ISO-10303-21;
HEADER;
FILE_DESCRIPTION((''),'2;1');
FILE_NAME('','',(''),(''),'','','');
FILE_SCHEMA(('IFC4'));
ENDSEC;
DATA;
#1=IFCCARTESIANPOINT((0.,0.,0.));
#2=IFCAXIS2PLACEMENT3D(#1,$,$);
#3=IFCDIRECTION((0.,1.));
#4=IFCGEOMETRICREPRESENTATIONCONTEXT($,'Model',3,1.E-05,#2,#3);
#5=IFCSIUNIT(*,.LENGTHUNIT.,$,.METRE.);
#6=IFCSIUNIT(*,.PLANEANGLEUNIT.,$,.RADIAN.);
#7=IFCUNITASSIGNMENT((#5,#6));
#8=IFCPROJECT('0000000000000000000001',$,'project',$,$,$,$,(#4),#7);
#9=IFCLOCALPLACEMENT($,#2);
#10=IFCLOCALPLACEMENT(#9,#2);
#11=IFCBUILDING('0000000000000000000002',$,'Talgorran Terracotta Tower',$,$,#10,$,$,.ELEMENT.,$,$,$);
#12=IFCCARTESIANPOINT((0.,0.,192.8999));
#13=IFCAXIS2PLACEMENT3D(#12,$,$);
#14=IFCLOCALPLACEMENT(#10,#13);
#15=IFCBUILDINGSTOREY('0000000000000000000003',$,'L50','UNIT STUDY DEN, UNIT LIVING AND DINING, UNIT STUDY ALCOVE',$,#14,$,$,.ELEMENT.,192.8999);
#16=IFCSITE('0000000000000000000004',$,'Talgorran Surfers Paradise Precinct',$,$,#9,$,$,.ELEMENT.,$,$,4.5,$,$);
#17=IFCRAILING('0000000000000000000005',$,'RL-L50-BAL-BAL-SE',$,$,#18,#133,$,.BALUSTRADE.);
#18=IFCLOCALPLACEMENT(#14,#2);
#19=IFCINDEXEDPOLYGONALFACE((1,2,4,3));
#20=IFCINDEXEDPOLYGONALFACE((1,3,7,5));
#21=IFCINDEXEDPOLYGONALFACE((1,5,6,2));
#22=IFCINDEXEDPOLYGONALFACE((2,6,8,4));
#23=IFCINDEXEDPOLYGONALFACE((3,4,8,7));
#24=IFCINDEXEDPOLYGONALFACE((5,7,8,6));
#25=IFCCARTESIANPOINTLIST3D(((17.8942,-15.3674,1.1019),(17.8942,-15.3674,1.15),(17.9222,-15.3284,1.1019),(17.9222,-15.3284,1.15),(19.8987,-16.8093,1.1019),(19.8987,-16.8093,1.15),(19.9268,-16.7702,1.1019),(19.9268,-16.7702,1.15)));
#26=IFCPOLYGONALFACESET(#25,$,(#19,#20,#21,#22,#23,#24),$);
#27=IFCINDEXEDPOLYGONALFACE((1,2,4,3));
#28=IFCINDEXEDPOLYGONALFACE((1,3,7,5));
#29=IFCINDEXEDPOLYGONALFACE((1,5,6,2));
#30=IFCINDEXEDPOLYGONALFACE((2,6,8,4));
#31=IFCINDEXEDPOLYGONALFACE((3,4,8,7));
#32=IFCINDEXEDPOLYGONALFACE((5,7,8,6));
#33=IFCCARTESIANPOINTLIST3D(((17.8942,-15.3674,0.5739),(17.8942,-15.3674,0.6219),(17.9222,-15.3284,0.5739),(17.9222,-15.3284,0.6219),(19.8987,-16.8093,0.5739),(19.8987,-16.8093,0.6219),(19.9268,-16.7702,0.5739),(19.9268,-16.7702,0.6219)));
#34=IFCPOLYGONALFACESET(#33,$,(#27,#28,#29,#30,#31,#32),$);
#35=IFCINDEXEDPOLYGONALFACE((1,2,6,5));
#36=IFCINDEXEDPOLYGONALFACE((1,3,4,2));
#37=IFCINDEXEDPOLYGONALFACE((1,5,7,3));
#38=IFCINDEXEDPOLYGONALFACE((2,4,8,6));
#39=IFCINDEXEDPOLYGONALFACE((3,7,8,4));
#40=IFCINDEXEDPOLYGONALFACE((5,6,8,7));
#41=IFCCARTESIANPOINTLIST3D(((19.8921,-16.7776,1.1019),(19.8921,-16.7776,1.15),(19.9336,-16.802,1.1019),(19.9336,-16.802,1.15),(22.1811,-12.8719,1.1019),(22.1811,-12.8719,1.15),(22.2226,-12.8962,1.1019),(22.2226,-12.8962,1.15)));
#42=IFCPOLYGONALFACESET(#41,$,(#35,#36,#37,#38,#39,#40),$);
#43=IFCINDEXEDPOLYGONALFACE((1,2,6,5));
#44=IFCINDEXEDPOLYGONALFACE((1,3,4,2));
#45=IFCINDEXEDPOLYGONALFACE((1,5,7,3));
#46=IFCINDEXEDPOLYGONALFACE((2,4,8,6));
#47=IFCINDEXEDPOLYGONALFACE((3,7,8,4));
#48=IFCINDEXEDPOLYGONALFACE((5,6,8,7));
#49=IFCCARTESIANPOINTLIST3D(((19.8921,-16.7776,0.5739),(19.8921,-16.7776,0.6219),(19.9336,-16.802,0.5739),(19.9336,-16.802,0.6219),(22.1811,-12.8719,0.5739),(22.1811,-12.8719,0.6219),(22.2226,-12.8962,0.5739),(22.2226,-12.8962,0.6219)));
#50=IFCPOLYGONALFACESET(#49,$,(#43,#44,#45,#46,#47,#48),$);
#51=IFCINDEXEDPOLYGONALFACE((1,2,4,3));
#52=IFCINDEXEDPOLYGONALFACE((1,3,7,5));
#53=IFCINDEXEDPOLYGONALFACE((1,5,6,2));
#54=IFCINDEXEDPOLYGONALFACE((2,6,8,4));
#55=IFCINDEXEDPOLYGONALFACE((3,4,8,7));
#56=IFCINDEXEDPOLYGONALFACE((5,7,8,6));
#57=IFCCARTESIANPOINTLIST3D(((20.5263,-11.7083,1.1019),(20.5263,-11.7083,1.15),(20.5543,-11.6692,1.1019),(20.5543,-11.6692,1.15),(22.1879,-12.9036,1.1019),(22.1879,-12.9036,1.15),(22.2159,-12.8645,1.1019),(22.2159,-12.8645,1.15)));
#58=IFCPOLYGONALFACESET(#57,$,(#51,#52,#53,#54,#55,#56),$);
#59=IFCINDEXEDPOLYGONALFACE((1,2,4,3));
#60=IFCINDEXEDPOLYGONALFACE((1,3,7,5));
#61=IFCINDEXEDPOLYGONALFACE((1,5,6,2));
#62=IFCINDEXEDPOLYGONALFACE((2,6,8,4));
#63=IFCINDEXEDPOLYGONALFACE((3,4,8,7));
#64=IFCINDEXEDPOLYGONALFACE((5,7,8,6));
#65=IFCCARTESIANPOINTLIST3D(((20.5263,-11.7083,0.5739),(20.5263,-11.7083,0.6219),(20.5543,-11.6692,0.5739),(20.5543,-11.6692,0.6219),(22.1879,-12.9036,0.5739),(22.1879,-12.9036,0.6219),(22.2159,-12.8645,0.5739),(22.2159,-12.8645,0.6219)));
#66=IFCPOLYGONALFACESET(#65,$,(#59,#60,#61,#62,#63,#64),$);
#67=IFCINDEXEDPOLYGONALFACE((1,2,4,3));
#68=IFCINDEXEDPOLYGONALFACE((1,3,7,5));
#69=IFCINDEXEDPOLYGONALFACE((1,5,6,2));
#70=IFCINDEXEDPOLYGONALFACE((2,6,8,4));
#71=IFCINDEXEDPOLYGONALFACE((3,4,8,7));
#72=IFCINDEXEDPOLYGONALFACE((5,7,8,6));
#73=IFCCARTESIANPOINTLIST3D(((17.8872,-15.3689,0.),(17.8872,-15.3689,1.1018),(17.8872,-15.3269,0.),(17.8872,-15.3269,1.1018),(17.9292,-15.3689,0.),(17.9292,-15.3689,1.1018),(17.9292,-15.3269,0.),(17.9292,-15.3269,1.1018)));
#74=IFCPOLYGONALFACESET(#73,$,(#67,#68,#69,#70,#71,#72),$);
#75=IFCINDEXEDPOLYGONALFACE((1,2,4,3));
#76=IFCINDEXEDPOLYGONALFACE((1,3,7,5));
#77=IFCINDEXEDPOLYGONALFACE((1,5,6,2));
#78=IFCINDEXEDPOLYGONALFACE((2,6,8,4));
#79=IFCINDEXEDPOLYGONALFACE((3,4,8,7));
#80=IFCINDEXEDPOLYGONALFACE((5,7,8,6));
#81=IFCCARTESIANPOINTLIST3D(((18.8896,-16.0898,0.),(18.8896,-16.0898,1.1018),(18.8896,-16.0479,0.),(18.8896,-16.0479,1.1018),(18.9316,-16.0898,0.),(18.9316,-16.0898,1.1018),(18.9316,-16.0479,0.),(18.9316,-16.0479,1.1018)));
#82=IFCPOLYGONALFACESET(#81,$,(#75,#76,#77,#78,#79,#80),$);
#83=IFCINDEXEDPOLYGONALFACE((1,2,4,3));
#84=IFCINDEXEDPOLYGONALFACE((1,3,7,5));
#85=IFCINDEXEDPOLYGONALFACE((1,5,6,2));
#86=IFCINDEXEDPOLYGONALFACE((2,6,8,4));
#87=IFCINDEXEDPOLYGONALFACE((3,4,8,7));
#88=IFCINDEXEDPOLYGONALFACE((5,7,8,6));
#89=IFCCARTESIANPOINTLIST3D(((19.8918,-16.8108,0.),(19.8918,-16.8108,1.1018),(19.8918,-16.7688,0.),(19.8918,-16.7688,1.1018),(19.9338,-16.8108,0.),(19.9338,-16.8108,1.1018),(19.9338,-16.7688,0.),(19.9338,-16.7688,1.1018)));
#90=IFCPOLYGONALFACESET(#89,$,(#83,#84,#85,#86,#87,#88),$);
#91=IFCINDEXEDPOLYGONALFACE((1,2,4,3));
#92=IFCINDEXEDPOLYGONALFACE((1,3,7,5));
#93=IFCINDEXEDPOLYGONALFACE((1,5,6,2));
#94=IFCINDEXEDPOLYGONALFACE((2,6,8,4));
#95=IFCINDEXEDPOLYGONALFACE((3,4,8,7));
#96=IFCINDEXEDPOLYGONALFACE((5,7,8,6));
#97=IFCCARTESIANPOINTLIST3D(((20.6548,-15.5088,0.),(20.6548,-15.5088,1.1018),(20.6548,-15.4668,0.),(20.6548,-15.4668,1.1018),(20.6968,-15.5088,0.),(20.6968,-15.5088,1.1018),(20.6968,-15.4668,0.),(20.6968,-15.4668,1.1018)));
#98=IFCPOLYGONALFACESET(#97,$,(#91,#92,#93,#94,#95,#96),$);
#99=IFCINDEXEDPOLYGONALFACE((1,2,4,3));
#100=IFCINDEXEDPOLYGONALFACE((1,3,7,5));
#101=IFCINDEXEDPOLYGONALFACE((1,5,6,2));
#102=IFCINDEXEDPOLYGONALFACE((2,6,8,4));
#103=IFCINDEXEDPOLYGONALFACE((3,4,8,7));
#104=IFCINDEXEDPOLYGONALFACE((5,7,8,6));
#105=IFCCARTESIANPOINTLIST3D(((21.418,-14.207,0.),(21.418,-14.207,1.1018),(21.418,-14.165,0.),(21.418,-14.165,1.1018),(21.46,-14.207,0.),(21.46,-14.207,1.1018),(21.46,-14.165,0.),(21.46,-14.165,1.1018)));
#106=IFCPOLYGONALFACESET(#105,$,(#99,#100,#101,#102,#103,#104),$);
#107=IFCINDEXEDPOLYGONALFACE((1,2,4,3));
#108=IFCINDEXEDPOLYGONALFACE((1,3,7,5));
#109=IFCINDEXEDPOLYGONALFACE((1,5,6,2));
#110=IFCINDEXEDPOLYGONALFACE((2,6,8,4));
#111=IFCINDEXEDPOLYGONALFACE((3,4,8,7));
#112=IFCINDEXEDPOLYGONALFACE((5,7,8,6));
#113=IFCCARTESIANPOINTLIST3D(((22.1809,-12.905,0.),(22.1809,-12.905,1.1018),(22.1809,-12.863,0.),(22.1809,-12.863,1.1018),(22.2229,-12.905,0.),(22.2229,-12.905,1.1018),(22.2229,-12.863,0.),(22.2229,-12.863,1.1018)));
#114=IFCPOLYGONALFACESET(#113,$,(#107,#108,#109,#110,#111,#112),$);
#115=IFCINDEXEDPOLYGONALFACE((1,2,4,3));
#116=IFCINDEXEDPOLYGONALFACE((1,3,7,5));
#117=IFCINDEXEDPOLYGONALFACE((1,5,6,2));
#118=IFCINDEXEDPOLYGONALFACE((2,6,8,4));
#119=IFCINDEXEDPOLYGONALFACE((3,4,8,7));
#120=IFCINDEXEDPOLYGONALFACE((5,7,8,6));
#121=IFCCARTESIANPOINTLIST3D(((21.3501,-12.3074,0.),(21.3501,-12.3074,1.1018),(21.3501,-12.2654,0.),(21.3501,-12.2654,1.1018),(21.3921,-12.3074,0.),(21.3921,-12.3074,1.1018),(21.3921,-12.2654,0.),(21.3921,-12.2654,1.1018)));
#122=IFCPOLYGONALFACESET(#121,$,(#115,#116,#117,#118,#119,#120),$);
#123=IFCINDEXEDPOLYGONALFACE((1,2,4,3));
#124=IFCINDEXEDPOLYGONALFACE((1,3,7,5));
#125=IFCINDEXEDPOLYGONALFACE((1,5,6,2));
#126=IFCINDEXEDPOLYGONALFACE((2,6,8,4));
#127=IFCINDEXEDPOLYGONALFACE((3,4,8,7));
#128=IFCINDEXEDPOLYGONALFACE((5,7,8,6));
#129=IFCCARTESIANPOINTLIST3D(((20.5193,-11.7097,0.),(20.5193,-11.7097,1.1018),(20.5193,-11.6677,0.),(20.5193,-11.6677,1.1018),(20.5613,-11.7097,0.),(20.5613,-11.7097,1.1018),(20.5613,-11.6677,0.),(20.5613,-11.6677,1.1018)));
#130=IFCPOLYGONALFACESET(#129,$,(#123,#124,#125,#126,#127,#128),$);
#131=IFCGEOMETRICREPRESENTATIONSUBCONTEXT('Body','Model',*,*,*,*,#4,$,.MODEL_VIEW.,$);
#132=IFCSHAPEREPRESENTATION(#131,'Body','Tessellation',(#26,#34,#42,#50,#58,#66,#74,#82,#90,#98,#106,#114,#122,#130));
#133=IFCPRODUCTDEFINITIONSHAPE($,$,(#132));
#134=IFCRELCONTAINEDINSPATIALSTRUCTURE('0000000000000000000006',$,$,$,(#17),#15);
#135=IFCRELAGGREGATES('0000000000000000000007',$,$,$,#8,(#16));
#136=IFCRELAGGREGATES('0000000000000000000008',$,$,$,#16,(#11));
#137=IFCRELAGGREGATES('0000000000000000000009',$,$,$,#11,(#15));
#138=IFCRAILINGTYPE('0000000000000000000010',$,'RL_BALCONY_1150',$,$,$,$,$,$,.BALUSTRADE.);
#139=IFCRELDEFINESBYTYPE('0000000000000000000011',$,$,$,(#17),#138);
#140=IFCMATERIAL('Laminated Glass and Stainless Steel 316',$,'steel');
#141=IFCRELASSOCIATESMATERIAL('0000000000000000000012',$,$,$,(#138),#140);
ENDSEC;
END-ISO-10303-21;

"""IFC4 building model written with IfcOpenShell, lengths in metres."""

from ifc_helpers import new_model, si_unit, direction, frame, origin, origin_2d, place, context, subcontext, project, spatial, rectangle, extrude, material, type_object, element, save


model = new_model("IFC4")

# Units and contexts
model_context = context("Model", 3, precision=1e-05, world=origin(), true_north=direction((0.0, 1.0)))
body_context = subcontext(model_context, "Body", "Model", "MODEL_VIEW")
ifc_project = project(units=[si_unit("LENGTHUNIT", "METRE"), si_unit("PLANEANGLEUNIT", "RADIAN")], contexts=[model_context])

# Site, building, storey
site_placement = place(None, origin())
site = spatial("IfcSite", under=ifc_project, at=site_placement, Name="Talgorran Surfers Paradise Precinct", CompositionType="ELEMENT", RefElevation=4.5)
building_placement = place(site_placement, origin())
building = spatial("IfcBuilding", under=site, at=building_placement, Name="Talgorran Terracotta Tower", CompositionType="ELEMENT")
storey_placement = place(building_placement, frame((0.0, 0.0, 192.8999)))
storey = spatial("IfcBuildingStorey", under=building, at=storey_placement, Name="L50", Description="UNIT STUDY DEN, UNIT LIVING AND DINING, UNIT STUDY ALCOVE", CompositionType="ELEMENT", Elevation=192.8999)

# Railing
ifc_material_1 = material(Name="Laminated Glass and Stainless Steel 316", Category="steel")
railing_type = type_object("IfcRailingType", Name="RL_BALCONY_1150", PredefinedType="BALUSTRADE", material=ifc_material_1)
railing_placement = place(storey_placement, frame((17.9082, -15.3479, 0.0)))
element("IfcRailing", 1, at=railing_placement, inside=storey, type_object=railing_type, Name="RL-L50-BAL-BAL-SE", PredefinedType="BALUSTRADE", context=body_context, shape_type="SweptSolid", body=[
    extrude(rectangle(XDim=0.0481, YDim=0.0481, at=origin_2d()), frame((0.0, 0.0, 1.126), z_axis=(0.811812, -0.583919, 0.0), x_axis=(0.583919, 0.811812, 0.0)), (0.0, 0.0, 1.0), 2.4692),
    extrude(rectangle(XDim=0.0481, YDim=0.0481, at=origin_2d()), frame((0.0, 0.0, 0.5979), z_axis=(0.811812, -0.583919, 0.0), x_axis=(0.583919, 0.811812, 0.0)), (0.0, 0.0, 1.0), 2.4692),
    extrude(rectangle(XDim=0.0481, YDim=0.0481, at=origin_2d()), frame((2.0046, -1.4419, 1.126), z_axis=(0.505634, 0.862748, 0.0), x_axis=(-0.862748, 0.505634, 0.0)), (0.0, 0.0, 1.0), 4.5271),
    extrude(rectangle(XDim=0.0481, YDim=0.0481, at=origin_2d()), frame((2.0046, -1.4419, 0.5979), z_axis=(0.505634, 0.862748, 0.0), x_axis=(-0.862748, 0.505634, 0.0)), (0.0, 0.0, 1.0), 4.5271),
    extrude(rectangle(XDim=0.0481, YDim=0.0481, at=origin_2d()), frame((4.2937, 2.4639, 1.126), z_axis=(-0.811779, 0.583965, 0.0), x_axis=(-0.583965, -0.811779, 0.0)), (0.0, 0.0, 1.0), 2.0469),
    extrude(rectangle(XDim=0.0481, YDim=0.0481, at=origin_2d()), frame((4.2937, 2.4639, 0.5979), z_axis=(-0.811779, 0.583965, 0.0), x_axis=(-0.583965, -0.811779, 0.0)), (0.0, 0.0, 1.0), 2.0469),
    extrude(rectangle(XDim=0.042, YDim=0.042, at=origin_2d()), origin(), (0.0, 0.0, 1.0), 1.1018),
    extrude(rectangle(XDim=0.042, YDim=0.042, at=origin_2d()), frame((1.0024, -0.7209, 0.0)), (0.0, 0.0, 1.0), 1.1018),
    extrude(rectangle(XDim=0.042, YDim=0.042, at=origin_2d()), frame((2.0046, -1.4419, 0.0)), (0.0, 0.0, 1.0), 1.1018),
    extrude(rectangle(XDim=0.042, YDim=0.042, at=origin_2d()), frame((2.7676, -0.1399, 0.0)), (0.0, 0.0, 1.0), 1.1018),
    extrude(rectangle(XDim=0.042, YDim=0.042, at=origin_2d()), frame((3.5308, 1.1619, 0.0)), (0.0, 0.0, 1.0), 1.1018),
    extrude(rectangle(XDim=0.042, YDim=0.042, at=origin_2d()), frame((4.2937, 2.4639, 0.0)), (0.0, 0.0, 1.0), 1.1018),
    extrude(rectangle(XDim=0.042, YDim=0.042, at=origin_2d()), frame((3.4629, 3.0615, 0.0)), (0.0, 0.0, 1.0), 1.1018),
    extrude(rectangle(XDim=0.042, YDim=0.042, at=origin_2d()), frame((2.6321, 3.6592, 0.0)), (0.0, 0.0, 1.0), 1.1018),
])

save(model, "model.ifc")
